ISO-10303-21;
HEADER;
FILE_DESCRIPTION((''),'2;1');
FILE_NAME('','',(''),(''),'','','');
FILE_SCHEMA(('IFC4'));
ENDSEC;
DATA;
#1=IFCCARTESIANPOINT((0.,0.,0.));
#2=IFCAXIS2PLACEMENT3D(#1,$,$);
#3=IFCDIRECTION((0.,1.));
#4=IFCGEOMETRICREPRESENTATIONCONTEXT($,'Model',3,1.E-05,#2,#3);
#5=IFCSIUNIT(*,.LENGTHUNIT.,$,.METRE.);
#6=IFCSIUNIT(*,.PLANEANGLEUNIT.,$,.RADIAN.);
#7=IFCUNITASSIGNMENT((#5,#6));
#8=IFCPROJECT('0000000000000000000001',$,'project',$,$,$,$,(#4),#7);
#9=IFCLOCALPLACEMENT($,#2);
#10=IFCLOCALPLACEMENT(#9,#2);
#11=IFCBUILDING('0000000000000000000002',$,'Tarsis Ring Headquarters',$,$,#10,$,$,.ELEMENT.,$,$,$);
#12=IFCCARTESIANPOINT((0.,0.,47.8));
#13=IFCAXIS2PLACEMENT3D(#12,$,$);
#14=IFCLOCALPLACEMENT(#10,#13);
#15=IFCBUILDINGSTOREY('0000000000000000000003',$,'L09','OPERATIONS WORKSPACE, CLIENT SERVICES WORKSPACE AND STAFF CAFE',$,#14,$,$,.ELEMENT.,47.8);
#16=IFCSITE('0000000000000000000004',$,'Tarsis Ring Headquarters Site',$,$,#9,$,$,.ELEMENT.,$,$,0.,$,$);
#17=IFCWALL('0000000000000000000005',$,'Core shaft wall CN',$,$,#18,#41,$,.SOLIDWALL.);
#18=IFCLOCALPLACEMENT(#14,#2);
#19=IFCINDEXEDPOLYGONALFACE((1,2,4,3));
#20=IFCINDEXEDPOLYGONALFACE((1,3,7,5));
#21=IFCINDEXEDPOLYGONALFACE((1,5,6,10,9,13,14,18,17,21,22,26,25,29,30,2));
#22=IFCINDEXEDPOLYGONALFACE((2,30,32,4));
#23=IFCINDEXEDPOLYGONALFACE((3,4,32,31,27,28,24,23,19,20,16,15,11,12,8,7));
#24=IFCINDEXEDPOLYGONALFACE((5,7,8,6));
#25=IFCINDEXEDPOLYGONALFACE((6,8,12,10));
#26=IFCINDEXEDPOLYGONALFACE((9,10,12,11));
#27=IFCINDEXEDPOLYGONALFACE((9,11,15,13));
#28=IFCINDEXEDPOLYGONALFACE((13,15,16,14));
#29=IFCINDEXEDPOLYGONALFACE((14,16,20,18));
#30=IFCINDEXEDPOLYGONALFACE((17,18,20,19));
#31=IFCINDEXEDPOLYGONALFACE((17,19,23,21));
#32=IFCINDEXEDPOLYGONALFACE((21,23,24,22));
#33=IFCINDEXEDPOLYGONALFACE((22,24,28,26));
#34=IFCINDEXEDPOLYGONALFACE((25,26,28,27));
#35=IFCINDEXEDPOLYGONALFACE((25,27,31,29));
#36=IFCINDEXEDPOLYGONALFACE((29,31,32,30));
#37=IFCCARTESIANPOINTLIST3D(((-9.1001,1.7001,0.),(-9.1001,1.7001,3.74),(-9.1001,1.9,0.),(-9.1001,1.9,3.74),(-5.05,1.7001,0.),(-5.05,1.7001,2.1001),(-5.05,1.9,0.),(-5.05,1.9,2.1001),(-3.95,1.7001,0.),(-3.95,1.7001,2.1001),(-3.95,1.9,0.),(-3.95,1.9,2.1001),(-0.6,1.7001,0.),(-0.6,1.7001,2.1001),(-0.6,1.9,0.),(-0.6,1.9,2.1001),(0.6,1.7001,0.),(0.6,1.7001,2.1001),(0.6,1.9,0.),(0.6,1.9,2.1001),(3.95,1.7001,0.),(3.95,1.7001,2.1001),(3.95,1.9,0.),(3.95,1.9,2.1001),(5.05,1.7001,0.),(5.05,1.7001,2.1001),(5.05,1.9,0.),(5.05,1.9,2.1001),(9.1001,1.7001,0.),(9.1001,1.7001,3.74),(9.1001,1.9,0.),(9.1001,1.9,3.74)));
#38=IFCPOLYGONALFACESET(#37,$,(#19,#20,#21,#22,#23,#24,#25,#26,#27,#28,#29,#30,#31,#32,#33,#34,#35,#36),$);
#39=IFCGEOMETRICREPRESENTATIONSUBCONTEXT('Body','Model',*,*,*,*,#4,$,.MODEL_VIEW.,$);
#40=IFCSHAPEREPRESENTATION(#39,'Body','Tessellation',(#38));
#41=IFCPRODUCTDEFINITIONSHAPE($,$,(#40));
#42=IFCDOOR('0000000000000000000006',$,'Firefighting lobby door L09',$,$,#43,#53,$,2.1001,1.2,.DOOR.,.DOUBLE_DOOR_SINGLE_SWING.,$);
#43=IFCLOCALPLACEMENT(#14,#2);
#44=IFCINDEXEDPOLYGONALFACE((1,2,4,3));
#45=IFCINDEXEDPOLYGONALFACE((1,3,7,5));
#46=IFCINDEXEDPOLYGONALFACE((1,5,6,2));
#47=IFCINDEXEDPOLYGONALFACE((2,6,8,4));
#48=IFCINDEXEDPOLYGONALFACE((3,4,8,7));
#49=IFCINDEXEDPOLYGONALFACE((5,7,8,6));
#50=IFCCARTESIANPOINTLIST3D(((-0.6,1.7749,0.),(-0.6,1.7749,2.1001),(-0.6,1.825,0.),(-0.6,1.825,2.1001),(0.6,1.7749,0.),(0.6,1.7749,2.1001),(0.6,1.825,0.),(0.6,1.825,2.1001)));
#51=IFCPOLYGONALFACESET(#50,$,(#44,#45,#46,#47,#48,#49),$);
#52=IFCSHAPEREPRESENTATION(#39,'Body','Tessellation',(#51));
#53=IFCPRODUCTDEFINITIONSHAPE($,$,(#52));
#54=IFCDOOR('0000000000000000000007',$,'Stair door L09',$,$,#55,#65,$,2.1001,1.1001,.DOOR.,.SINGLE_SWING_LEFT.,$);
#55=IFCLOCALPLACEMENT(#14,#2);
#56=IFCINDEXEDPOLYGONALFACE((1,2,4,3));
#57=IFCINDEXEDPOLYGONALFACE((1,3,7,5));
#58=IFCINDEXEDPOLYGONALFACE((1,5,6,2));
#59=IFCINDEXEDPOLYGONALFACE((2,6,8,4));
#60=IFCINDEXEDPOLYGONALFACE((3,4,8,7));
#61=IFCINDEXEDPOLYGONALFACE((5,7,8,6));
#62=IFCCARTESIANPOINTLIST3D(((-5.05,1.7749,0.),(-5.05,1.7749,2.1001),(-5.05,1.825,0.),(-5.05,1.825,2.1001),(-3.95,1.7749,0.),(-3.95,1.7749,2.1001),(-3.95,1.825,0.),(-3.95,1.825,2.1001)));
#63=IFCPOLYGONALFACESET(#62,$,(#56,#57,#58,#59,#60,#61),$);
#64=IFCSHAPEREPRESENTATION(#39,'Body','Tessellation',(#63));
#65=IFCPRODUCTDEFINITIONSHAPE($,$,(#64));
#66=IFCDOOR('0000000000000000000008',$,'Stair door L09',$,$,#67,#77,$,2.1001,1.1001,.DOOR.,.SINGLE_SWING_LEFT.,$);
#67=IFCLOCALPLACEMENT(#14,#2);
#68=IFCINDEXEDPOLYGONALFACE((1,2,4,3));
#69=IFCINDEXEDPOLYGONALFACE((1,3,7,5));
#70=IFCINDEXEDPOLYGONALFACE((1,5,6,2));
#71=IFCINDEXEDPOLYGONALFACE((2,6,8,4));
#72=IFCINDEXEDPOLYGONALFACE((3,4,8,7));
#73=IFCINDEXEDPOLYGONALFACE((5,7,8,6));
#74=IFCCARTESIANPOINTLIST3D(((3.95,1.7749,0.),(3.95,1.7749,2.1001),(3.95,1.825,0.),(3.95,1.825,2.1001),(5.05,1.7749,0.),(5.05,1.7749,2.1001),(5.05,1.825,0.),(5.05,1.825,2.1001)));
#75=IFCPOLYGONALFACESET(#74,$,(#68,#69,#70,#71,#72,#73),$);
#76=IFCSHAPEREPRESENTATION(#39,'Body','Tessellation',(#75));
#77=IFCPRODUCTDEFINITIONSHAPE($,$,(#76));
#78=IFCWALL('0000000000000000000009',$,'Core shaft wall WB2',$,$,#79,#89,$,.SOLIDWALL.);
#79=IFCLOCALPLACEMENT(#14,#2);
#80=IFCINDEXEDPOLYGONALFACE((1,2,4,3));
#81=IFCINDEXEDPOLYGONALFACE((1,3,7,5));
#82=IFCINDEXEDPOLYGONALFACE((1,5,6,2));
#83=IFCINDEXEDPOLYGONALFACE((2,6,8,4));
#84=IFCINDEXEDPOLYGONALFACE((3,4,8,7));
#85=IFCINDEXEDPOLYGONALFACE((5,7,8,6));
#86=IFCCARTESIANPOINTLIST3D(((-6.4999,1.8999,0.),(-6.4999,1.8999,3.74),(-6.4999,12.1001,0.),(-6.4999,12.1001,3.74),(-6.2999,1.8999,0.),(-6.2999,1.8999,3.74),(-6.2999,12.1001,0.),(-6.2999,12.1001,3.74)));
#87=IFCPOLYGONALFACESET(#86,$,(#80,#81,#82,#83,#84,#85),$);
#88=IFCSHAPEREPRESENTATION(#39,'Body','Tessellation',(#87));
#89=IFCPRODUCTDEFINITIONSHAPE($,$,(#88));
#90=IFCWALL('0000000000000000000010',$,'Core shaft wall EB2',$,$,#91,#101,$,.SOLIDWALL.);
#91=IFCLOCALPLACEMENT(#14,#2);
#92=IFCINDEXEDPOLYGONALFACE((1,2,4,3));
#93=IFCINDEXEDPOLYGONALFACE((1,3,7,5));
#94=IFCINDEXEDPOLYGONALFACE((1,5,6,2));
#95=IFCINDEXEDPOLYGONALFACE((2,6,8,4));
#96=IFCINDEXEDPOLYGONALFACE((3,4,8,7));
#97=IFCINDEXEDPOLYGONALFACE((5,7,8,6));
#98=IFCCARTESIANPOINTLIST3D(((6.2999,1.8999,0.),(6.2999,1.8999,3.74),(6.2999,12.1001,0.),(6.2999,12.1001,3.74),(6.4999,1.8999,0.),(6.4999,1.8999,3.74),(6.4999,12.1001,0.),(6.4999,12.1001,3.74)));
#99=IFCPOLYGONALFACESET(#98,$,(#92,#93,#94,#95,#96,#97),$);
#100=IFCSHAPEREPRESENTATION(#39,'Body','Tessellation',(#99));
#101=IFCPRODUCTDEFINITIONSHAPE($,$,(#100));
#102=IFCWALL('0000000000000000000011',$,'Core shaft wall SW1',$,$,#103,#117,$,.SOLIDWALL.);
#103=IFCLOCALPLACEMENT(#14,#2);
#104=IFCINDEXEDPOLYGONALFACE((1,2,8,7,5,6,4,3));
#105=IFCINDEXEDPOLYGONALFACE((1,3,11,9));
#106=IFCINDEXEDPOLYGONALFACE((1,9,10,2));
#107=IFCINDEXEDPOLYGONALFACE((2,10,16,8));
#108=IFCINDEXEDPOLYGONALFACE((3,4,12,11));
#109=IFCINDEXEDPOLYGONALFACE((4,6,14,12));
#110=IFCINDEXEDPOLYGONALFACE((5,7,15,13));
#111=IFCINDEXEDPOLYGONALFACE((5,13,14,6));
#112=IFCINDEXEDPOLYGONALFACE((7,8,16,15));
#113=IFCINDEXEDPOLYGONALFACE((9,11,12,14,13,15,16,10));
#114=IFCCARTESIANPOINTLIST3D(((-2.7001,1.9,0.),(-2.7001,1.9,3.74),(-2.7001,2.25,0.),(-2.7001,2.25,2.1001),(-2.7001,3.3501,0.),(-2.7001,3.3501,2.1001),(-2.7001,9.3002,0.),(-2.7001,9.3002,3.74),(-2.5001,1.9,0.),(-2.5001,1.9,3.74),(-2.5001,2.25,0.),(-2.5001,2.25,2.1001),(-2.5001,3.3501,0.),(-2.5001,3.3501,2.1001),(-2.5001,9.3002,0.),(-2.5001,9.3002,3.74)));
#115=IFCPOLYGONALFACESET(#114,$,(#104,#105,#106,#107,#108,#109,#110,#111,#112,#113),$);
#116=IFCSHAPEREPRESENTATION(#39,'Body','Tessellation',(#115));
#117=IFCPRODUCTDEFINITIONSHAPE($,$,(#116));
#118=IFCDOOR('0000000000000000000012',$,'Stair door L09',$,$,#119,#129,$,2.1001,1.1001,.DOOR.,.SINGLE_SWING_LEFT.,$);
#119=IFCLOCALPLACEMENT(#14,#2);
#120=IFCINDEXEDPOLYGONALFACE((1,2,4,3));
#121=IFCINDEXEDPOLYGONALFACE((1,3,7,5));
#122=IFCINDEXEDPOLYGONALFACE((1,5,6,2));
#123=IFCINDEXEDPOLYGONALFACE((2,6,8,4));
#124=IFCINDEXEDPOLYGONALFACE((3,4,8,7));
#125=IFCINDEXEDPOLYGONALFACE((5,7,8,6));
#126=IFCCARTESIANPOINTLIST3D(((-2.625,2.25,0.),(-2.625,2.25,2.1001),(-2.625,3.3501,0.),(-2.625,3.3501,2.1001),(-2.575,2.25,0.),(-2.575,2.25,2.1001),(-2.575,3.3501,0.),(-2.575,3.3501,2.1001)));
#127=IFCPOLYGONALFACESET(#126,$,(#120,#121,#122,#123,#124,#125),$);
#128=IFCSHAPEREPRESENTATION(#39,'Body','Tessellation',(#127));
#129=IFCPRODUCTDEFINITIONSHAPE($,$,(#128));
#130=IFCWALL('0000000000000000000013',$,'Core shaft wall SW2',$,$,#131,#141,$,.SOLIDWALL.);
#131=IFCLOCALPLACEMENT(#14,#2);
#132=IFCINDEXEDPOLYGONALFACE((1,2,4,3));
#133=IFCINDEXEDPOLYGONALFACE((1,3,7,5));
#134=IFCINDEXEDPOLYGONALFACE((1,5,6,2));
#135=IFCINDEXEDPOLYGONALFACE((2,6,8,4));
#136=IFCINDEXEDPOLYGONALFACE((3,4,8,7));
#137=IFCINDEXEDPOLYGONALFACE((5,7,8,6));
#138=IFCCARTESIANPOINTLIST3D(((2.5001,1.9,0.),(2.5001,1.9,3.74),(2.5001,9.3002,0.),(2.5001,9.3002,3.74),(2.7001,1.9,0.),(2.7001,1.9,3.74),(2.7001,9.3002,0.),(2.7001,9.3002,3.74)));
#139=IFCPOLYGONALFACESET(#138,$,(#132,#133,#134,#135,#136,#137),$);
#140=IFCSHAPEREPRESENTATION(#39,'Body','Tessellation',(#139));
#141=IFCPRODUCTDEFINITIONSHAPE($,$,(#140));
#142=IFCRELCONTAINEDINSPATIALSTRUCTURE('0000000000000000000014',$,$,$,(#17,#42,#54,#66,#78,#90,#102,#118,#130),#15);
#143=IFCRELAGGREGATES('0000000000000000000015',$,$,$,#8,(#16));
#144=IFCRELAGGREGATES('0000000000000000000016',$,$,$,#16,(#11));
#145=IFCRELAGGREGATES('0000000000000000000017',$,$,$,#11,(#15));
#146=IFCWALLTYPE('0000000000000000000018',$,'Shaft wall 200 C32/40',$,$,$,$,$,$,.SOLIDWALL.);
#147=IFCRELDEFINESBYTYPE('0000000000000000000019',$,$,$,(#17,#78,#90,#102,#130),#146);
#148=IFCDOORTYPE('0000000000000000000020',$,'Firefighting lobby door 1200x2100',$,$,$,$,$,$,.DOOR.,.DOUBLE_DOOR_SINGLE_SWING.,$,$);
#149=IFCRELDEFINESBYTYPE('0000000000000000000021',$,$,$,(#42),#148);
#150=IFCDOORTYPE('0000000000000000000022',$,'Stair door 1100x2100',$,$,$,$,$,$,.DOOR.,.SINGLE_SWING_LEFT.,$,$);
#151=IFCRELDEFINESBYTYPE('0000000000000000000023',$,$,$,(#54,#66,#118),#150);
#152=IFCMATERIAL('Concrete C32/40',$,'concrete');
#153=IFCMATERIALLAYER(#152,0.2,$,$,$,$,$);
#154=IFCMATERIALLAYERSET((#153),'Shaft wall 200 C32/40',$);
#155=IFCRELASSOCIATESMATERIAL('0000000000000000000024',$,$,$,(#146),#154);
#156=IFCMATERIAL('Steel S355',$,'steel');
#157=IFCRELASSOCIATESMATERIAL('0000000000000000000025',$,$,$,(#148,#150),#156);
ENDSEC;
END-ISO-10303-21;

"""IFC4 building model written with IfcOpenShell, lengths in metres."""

from ifc_helpers import new_model, si_unit, direction, frame, frame_2d, origin, place, context, subcontext, project, spatial, rectangle, extrude, material, layer, layer_set, type_object, element, fill, save


model = new_model("IFC4")

# Units and contexts
model_context = context("Model", 3, precision=1e-05, world=origin(), true_north=direction((0.0, 1.0)))
body_context = subcontext(model_context, "Body", "Model", "MODEL_VIEW")
ifc_project = project(units=[si_unit("LENGTHUNIT", "METRE"), si_unit("PLANEANGLEUNIT", "RADIAN")], contexts=[model_context])

# Site, building, storey
site_placement = place(None, origin())
site = spatial("IfcSite", under=ifc_project, at=site_placement, Name="Tarsis Ring Headquarters Site", CompositionType="ELEMENT", RefElevation=0.0)
building_placement = place(site_placement, origin())
building = spatial("IfcBuilding", under=site, at=building_placement, Name="Tarsis Ring Headquarters", CompositionType="ELEMENT")
storey_placement = place(building_placement, frame((0.0, 0.0, 47.8)))
storey = spatial("IfcBuildingStorey", under=building, at=storey_placement, Name="L09", Description="OPERATIONS WORKSPACE, CLIENT SERVICES WORKSPACE AND STAFF CAFE", CompositionType="ELEMENT", Elevation=47.8)

# Wall, openings, doors
ifc_material_1 = material(Name="Concrete C32/40", Category="concrete")
ifc_layer_1 = layer(ifc_material_1, 0.2)
ifc_layer_set_1 = layer_set([ifc_layer_1], Name="Shaft wall 200 C32/40")
wall_type_1 = type_object("IfcWallType", Name="Shaft wall 200 C32/40", PredefinedType="SOLIDWALL", material=ifc_layer_set_1)
wall_1_placement = place(storey_placement, frame((-9.1001, 1.8, 0.0), z_axis=(0.0, 0.0, 1.0), x_axis=(1.0, 0.0, 0.0)))
wall_1 = element("IfcWall", 1, at=wall_1_placement, inside=storey, type_object=wall_type_1, Name="Core shaft wall CN", PredefinedType="SOLIDWALL", context=body_context, shape_type="SweptSolid", body=[
    extrude(rectangle(XDim=18.2002, YDim=0.2, at=frame_2d((9.1001, 0.0))), origin(), (0.0, 0.0, 1.0), 3.74),
])
opening_1_placement = place(wall_1_placement, frame((4.05, 0.0, 0.0)))
opening_1 = element("IfcOpeningElement", 2, at=opening_1_placement, cuts=wall_1, PredefinedType="OPENING", context=body_context, shape_type="SweptSolid", body=[
    extrude(rectangle(XDim=1.1001, YDim=2.1001, at=frame_2d((0.55, 1.05))), frame((0.0, 0.1099, 0.0), z_axis=(0.0, -1.0, 0.0), x_axis=(1.0, 0.0, 0.0)), (0.0, 0.0, 1.0), 0.22),
])
opening_2_placement = place(wall_1_placement, frame((8.5, 0.0, 0.0)))
opening_2 = element("IfcOpeningElement", 3, at=opening_2_placement, cuts=wall_1, PredefinedType="OPENING", context=body_context, shape_type="SweptSolid", body=[
    extrude(rectangle(XDim=1.2, YDim=2.1001, at=frame_2d((0.6001, 1.05))), frame((0.0, 0.1099, 0.0), z_axis=(0.0, -1.0, 0.0), x_axis=(1.0, 0.0, 0.0)), (0.0, 0.0, 1.0), 0.22),
])
opening_3_placement = place(wall_1_placement, frame((13.05, 0.0, 0.0)))
opening_3 = element("IfcOpeningElement", 4, at=opening_3_placement, cuts=wall_1, PredefinedType="OPENING", context=body_context, shape_type="SweptSolid", body=[
    extrude(rectangle(XDim=1.1001, YDim=2.1001, at=frame_2d((0.55, 1.05))), frame((0.0, 0.1099, 0.0), z_axis=(0.0, -1.0, 0.0), x_axis=(1.0, 0.0, 0.0)), (0.0, 0.0, 1.0), 0.22),
])
ifc_material_2 = material(Name="Steel S355", Category="steel")
door_type_1 = type_object("IfcDoorType", Name="Firefighting lobby door 1200x2100", OperationType="DOUBLE_DOOR_SINGLE_SWING", PredefinedType="DOOR", material=ifc_material_2)
door_1_placement = place(opening_2_placement, origin())
door_1 = element("IfcDoor", 5, at=door_1_placement, inside=storey, type_object=door_type_1, Name="Firefighting lobby door L09", OperationType="DOUBLE_DOOR_SINGLE_SWING", OverallHeight=2.1001, OverallWidth=1.2, PredefinedType="DOOR", context=body_context, shape_type="SweptSolid", body=[
    extrude(rectangle(XDim=1.2, YDim=2.1001, at=frame_2d((0.6001, 1.05))), frame((0.0, 0.0249, 0.0), z_axis=(0.0, -1.0, 0.0), x_axis=(1.0, 0.0, 0.0)), (0.0, 0.0, 1.0), 0.05),
])
fill(opening_2, door_1)
door_type_2 = type_object("IfcDoorType", Name="Stair door 1100x2100", OperationType="SINGLE_SWING_LEFT", PredefinedType="DOOR", material=ifc_material_2)
door_2_placement = place(opening_1_placement, origin())
door_2 = element("IfcDoor", 6, at=door_2_placement, inside=storey, type_object=door_type_2, Name="Stair door L09", OperationType="SINGLE_SWING_LEFT", OverallHeight=2.1001, OverallWidth=1.1001, PredefinedType="DOOR", context=body_context, shape_type="SweptSolid", body=[
    extrude(rectangle(XDim=1.1001, YDim=2.1001, at=frame_2d((0.55, 1.05))), frame((0.0, 0.0249, 0.0), z_axis=(0.0, -1.0, 0.0), x_axis=(1.0, 0.0, 0.0)), (0.0, 0.0, 1.0), 0.05),
])
fill(opening_1, door_2)
door_3_placement = place(opening_3_placement, origin())
door_3 = element("IfcDoor", 7, at=door_3_placement, inside=storey, type_object=door_type_2, Name="Stair door L09", OperationType="SINGLE_SWING_LEFT", OverallHeight=2.1001, OverallWidth=1.1001, PredefinedType="DOOR", context=body_context, shape_type="SweptSolid", body=[
    extrude(rectangle(XDim=1.1001, YDim=2.1001, at=frame_2d((0.55, 1.05))), frame((0.0, 0.0249, 0.0), z_axis=(0.0, -1.0, 0.0), x_axis=(1.0, 0.0, 0.0)), (0.0, 0.0, 1.0), 0.05),
])
fill(opening_3, door_3)

# Walls
for number, where, z_axis, x_axis, name in (
    (8, (-6.3999, 1.8999, 0.0), (0.0, 0.0, 1.0), (0.0, 1.0, 0.0), "Core shaft wall WB2"),
    (9, (6.3999, 1.8999, 0.0), (0.0, 0.0, 1.0), (0.0, 1.0, 0.0), "Core shaft wall EB2"),
):
    element("IfcWall", number, at=place(storey_placement, frame(where, z_axis=z_axis, x_axis=x_axis)), inside=storey, type_object=wall_type_1, Name=name, PredefinedType="SOLIDWALL", context=body_context, shape_type="SweptSolid", body=[
        extrude(rectangle(XDim=10.2002, YDim=0.2, at=frame_2d((5.1001, 0.0))), origin(), (0.0, 0.0, 1.0), 3.74),
    ])

# Wall, opening, door
wall_2_placement = place(storey_placement, frame((-2.6001, 1.8999, 0.0), z_axis=(0.0, 0.0, 1.0), x_axis=(0.0, 1.0, 0.0)))
wall_2 = element("IfcWall", 10, at=wall_2_placement, inside=storey, type_object=wall_type_1, Name="Core shaft wall SW1", PredefinedType="SOLIDWALL", context=body_context, shape_type="SweptSolid", body=[
    extrude(rectangle(XDim=7.4001, YDim=0.2, at=frame_2d((3.7002, 0.0))), origin(), (0.0, 0.0, 1.0), 3.74),
])
opening_4_placement = place(wall_2_placement, frame((0.3501, 0.0, 0.0)))
opening_4 = element("IfcOpeningElement", 11, at=opening_4_placement, cuts=wall_2, PredefinedType="OPENING", context=body_context, shape_type="SweptSolid", body=[
    extrude(rectangle(XDim=1.1001, YDim=2.1001, at=frame_2d((0.55, 1.05))), frame((0.0, 0.1099, 0.0), z_axis=(0.0, -1.0, 0.0), x_axis=(1.0, 0.0, 0.0)), (0.0, 0.0, 1.0), 0.22),
])
door_4_placement = place(opening_4_placement, origin())
door_4 = element("IfcDoor", 12, at=door_4_placement, inside=storey, type_object=door_type_2, Name="Stair door L09", OperationType="SINGLE_SWING_LEFT", OverallHeight=2.1001, OverallWidth=1.1001, PredefinedType="DOOR", context=body_context, shape_type="SweptSolid", body=[
    extrude(rectangle(XDim=1.1001, YDim=2.1001, at=frame_2d((0.55, 1.05))), frame((0.0, 0.0249, 0.0), z_axis=(0.0, -1.0, 0.0), x_axis=(1.0, 0.0, 0.0)), (0.0, 0.0, 1.0), 0.05),
])
fill(opening_4, door_4)

# Wall
wall_3_placement = place(storey_placement, frame((2.6001, 1.8999, 0.0), z_axis=(0.0, 0.0, 1.0), x_axis=(0.0, 1.0, 0.0)))
element("IfcWall", 13, at=wall_3_placement, inside=storey, type_object=wall_type_1, Name="Core shaft wall SW2", PredefinedType="SOLIDWALL", context=body_context, shape_type="SweptSolid", body=[
    extrude(rectangle(XDim=7.4001, YDim=0.2, at=frame_2d((3.7002, 0.0))), origin(), (0.0, 0.0, 1.0), 3.74),
])

save(model, "model.ifc")
